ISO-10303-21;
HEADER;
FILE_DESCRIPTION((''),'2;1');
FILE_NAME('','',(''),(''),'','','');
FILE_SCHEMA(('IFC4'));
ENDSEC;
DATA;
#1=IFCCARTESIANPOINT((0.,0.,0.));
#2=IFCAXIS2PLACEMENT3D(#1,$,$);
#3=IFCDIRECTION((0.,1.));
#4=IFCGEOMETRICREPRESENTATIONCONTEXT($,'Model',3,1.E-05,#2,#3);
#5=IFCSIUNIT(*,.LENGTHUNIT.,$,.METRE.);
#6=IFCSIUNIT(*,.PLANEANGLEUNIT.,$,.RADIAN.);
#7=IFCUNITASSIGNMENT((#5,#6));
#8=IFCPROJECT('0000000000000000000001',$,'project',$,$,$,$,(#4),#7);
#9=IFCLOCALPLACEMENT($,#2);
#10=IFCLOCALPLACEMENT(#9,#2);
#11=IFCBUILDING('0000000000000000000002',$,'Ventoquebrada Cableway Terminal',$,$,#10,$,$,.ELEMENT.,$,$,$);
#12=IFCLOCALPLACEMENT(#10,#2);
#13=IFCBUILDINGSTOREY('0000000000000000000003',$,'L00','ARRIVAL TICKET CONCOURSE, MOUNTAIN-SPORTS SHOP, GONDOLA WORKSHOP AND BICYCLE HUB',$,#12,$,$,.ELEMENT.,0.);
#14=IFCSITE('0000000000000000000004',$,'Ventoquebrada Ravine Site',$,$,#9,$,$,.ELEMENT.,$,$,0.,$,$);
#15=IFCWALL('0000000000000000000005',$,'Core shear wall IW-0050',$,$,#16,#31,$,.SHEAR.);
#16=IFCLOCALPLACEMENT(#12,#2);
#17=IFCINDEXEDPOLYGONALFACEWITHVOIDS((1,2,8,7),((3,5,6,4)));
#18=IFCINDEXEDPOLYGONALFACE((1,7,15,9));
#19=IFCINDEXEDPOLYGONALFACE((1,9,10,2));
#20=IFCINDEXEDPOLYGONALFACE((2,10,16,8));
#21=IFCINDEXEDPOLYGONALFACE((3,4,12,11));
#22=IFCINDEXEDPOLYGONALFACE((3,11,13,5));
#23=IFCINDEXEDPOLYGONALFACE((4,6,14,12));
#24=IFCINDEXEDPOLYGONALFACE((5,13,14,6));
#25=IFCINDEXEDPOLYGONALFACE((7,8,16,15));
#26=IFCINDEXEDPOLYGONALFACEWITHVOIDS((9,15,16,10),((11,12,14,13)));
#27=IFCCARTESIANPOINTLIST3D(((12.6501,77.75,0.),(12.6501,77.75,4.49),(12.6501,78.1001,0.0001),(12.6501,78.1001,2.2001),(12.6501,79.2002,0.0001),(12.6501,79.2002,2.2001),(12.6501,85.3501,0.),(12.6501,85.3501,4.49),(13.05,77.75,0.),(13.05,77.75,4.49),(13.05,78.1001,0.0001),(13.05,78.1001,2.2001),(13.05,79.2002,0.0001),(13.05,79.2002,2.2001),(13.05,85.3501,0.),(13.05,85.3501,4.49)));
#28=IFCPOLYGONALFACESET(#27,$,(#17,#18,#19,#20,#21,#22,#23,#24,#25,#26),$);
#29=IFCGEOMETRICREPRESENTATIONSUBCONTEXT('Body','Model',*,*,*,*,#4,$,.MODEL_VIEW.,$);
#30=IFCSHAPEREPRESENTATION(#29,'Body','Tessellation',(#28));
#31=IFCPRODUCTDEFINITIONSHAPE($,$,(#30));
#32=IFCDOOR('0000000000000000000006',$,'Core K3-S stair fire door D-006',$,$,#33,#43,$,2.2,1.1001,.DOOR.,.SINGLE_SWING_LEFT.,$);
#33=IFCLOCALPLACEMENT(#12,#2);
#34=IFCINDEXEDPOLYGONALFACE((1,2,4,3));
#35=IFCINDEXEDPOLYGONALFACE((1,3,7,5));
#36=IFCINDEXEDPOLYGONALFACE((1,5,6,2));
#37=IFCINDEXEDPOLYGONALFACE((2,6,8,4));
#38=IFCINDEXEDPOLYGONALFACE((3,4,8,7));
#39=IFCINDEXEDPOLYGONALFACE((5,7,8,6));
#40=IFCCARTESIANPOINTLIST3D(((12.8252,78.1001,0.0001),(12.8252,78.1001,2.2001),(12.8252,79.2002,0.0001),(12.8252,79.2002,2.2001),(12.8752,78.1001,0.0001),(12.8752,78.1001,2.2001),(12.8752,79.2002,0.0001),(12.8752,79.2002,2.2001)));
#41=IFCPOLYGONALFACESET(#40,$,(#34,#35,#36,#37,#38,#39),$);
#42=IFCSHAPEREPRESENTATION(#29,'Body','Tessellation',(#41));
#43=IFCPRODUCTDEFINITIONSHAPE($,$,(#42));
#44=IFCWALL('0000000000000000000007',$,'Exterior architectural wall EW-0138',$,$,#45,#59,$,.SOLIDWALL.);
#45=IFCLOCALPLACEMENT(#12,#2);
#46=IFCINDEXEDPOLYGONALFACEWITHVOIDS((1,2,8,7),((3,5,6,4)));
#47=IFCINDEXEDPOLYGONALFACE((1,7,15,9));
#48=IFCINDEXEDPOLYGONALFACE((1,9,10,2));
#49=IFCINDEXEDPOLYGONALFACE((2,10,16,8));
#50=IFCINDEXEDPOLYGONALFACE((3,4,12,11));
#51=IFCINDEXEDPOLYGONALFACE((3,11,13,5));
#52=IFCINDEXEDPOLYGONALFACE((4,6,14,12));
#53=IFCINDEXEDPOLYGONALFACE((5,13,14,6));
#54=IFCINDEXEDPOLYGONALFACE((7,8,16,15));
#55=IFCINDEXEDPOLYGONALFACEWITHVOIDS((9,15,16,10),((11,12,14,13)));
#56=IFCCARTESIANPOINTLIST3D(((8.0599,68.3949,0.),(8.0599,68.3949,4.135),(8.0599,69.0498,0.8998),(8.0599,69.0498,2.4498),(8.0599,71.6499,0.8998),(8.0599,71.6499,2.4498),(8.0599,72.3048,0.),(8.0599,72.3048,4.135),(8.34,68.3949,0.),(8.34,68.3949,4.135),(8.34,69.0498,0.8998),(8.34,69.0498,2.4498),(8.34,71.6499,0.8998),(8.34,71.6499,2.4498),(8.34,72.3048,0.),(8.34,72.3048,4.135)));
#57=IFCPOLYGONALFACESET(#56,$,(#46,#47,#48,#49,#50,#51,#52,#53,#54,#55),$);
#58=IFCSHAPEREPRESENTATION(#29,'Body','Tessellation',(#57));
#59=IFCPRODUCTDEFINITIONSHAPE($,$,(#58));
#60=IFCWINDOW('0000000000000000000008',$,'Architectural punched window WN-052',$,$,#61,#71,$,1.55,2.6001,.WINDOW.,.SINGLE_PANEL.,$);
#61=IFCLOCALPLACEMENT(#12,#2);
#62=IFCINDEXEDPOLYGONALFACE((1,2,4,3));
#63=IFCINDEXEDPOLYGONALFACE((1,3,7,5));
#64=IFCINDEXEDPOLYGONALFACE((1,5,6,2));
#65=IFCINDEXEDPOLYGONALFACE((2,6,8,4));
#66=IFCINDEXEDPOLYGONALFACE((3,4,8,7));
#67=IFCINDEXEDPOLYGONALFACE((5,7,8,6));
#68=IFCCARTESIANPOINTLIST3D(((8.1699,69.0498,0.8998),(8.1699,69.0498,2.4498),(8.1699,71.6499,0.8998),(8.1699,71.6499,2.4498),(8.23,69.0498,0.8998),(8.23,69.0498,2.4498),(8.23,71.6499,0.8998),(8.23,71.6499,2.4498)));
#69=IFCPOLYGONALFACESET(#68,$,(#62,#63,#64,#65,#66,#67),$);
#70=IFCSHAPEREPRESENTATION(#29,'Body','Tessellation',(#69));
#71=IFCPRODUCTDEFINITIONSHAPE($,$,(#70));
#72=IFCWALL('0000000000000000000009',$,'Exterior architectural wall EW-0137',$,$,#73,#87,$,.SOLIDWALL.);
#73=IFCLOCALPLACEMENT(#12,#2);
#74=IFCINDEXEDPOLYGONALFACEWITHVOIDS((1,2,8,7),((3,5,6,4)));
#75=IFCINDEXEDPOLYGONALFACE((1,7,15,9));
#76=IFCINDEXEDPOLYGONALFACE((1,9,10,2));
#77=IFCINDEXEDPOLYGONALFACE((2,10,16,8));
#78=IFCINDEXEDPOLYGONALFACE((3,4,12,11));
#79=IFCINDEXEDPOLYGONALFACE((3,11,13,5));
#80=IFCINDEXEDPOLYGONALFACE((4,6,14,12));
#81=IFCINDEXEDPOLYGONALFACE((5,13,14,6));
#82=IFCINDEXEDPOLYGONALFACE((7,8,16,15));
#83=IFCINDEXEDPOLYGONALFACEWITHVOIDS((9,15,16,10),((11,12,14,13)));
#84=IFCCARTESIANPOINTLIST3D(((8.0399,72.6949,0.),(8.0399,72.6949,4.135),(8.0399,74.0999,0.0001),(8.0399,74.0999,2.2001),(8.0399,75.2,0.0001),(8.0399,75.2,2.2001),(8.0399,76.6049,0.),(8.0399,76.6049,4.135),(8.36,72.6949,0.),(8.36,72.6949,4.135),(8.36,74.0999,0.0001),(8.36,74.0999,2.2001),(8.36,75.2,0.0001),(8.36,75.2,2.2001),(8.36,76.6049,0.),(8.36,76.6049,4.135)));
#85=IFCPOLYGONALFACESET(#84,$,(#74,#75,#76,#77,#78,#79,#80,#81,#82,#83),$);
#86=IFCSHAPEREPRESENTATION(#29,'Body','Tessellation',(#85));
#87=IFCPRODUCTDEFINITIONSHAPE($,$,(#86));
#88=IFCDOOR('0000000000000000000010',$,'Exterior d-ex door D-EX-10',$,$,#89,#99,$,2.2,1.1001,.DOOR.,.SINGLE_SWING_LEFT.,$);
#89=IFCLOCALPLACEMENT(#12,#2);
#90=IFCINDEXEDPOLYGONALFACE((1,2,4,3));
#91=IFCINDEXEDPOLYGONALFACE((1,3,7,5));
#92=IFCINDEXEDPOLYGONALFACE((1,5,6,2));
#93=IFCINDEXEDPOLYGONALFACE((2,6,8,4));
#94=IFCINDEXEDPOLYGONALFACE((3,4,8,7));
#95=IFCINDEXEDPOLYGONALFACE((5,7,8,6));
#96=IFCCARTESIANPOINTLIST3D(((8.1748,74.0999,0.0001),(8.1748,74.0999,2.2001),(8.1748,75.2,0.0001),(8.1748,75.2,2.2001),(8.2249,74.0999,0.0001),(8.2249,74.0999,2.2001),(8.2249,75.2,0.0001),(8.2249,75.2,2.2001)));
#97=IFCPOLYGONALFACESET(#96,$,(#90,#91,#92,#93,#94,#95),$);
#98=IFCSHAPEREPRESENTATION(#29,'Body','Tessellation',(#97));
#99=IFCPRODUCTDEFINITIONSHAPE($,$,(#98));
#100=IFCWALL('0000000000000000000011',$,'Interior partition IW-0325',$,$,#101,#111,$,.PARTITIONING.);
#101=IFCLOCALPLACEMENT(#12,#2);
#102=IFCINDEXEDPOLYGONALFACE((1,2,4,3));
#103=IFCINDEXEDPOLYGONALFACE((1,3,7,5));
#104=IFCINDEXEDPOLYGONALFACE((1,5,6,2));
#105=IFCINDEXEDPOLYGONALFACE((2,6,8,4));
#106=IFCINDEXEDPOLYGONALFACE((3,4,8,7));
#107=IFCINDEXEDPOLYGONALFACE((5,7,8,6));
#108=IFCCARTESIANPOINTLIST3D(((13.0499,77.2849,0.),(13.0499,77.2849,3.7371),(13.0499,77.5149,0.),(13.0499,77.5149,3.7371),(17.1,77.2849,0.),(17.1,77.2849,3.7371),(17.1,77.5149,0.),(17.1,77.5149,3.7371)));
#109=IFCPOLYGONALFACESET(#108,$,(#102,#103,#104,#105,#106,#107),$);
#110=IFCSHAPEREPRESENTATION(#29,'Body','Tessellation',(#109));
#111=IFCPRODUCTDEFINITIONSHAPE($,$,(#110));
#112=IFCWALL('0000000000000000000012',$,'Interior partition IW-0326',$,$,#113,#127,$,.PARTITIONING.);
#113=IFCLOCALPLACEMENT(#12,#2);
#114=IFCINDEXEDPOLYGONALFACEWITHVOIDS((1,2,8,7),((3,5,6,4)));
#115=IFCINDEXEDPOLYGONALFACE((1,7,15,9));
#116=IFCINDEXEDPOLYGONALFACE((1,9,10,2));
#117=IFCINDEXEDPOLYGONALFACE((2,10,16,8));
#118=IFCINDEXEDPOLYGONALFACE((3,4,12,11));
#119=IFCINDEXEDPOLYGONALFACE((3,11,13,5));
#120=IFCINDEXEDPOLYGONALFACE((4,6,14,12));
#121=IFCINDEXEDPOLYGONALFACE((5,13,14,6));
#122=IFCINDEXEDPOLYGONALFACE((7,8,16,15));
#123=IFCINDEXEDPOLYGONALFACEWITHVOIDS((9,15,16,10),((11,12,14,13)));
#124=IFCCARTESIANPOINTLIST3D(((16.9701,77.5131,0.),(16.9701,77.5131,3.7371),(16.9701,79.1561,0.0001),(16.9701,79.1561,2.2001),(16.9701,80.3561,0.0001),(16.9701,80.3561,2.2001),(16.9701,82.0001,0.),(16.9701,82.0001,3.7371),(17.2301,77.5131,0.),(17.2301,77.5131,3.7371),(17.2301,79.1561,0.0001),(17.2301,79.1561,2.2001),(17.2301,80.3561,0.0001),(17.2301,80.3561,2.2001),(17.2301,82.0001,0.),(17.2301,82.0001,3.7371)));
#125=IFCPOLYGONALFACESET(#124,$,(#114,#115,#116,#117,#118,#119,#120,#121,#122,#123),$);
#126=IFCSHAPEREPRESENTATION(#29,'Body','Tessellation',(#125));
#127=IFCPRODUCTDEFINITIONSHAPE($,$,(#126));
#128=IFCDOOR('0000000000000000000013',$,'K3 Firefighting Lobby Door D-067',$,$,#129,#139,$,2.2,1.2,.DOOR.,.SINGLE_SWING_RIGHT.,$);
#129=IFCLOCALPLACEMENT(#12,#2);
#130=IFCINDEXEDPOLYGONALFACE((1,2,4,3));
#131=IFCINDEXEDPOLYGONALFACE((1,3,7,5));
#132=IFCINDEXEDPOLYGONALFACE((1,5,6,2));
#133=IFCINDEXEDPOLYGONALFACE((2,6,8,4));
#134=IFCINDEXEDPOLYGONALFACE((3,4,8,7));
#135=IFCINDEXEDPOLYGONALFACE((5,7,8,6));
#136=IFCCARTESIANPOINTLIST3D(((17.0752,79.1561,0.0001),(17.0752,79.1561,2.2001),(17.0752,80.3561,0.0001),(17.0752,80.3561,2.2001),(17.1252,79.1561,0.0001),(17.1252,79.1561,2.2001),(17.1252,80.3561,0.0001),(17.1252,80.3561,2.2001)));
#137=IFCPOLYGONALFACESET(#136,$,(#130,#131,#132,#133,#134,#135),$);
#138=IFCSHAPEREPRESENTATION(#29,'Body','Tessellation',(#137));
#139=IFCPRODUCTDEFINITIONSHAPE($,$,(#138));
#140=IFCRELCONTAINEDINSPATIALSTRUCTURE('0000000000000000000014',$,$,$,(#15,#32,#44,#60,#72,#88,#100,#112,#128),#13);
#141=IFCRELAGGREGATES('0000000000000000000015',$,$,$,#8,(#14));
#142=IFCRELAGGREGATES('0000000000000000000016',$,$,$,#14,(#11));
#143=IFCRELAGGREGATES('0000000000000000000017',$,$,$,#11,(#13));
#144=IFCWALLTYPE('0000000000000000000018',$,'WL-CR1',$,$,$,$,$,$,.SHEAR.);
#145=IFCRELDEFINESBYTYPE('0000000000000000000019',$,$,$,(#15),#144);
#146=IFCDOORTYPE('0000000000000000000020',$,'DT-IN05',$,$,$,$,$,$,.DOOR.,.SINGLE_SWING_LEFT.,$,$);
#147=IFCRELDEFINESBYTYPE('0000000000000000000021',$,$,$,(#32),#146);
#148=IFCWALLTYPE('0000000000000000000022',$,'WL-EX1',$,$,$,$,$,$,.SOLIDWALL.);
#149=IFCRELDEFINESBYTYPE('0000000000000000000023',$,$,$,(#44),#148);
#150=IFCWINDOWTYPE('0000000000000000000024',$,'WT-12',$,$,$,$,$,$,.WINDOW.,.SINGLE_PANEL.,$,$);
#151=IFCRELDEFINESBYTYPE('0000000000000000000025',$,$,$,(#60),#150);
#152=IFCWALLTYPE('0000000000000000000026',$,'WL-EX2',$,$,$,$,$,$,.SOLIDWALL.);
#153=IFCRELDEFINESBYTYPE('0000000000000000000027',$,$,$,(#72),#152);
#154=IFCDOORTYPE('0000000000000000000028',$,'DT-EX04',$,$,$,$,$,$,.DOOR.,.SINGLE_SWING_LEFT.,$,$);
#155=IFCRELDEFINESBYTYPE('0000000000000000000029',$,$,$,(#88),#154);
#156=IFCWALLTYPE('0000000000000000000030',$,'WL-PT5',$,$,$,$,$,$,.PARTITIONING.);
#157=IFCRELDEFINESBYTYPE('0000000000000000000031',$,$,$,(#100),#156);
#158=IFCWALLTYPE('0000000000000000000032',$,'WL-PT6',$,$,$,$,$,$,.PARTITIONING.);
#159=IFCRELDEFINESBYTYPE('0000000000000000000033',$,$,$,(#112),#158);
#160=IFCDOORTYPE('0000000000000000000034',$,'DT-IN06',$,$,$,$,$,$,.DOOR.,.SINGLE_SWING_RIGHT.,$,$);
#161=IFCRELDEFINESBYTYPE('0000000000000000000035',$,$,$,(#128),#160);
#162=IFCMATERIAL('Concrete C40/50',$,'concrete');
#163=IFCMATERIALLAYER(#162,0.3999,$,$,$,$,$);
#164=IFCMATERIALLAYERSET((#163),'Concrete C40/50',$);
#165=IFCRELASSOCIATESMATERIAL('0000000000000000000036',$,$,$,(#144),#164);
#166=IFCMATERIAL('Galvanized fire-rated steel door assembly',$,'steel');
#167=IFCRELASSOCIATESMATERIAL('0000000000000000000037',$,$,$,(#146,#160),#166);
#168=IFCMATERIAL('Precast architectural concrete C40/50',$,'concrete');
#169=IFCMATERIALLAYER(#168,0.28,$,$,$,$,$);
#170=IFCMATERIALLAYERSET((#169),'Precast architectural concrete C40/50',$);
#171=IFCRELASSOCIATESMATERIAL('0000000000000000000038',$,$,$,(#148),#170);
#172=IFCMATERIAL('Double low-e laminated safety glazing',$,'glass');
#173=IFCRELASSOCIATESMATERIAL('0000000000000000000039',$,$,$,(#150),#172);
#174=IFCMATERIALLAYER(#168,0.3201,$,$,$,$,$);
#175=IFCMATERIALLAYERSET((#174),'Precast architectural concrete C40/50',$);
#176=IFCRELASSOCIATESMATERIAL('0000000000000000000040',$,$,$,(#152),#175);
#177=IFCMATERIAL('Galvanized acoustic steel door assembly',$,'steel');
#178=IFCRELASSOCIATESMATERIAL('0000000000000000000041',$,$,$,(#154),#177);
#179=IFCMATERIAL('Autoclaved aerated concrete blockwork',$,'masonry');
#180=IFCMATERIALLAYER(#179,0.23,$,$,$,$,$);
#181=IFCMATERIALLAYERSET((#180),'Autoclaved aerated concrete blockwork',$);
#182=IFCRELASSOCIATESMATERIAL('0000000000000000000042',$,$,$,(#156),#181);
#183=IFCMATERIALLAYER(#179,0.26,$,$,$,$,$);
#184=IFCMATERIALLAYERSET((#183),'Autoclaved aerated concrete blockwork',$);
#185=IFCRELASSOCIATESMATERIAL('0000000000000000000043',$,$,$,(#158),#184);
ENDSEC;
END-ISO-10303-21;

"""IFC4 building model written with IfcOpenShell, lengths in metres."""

from ifc_helpers import new_model, si_unit, direction, frame, frame_2d, origin, place, context, subcontext, project, spatial, rectangle, extrude, material, layer, layer_set, type_object, element, fill, save


model = new_model("IFC4")

# Units and contexts
model_context = context("Model", 3, precision=1e-05, world=origin(), true_north=direction((0.0, 1.0)))
body_context = subcontext(model_context, "Body", "Model", "MODEL_VIEW")
ifc_project = project(units=[si_unit("LENGTHUNIT", "METRE"), si_unit("PLANEANGLEUNIT", "RADIAN")], contexts=[model_context])

# Site, building, storey
site_placement = place(None, origin())
site = spatial("IfcSite", under=ifc_project, at=site_placement, Name="Ventoquebrada Ravine Site", CompositionType="ELEMENT", RefElevation=0.0)
building_placement = place(site_placement, origin())
building = spatial("IfcBuilding", under=site, at=building_placement, Name="Ventoquebrada Cableway Terminal", CompositionType="ELEMENT")
storey_placement = place(building_placement, origin())
storey = spatial("IfcBuildingStorey", under=building, at=storey_placement, Name="L00", Description="ARRIVAL TICKET CONCOURSE, MOUNTAIN-SPORTS SHOP, GONDOLA WORKSHOP AND BICYCLE HUB", CompositionType="ELEMENT", Elevation=0.0)

# Shared definitions
ifc_material_1 = material(Name="Concrete C40/50", Category="concrete")

# Shared definitions
ifc_layer_1 = layer(ifc_material_1, 0.3999)
ifc_layer_set_1 = layer_set([ifc_layer_1], Name="Concrete C40/50")
wall_type_1 = type_object("IfcWallType", Name="WL-CR1", PredefinedType="SHEAR", material=ifc_layer_set_1)

# Wall, opening, door
wall_1_placement = place(storey_placement, frame((12.8501, 77.75, 0.0), z_axis=(0.0, 0.0, 1.0), x_axis=(0.0, 1.0, 0.0)))
wall_1 = element("IfcWall", 1, at=wall_1_placement, inside=storey, type_object=wall_type_1, Name="Core shear wall IW-0050", PredefinedType="SHEAR", context=body_context, shape_type="SweptSolid", body=[
    extrude(rectangle(XDim=7.6001, YDim=0.3999, at=frame_2d((3.8, 0.0))), origin(), (0.0, 0.0, 1.0), 4.49),
])
opening_1_placement = place(wall_1_placement, frame((0.3501, 0.0, 0.0)))
opening_1 = element("IfcOpeningElement", 2, at=opening_1_placement, cuts=wall_1, PredefinedType="OPENING", context=body_context, shape_type="SweptSolid", body=[
    extrude(rectangle(XDim=1.1001, YDim=2.2, at=frame_2d((0.55, 1.1001))), frame((0.0, 0.21, 0.0), z_axis=(0.0, -1.0, 0.0), x_axis=(1.0, 0.0, 0.0)), (0.0, 0.0, 1.0), 0.4199),
])
ifc_material_2 = material(Name="Galvanized fire-rated steel door assembly", Category="steel")
door_type_1 = type_object("IfcDoorType", Name="DT-IN05", OperationType="SINGLE_SWING_LEFT", PredefinedType="DOOR", material=ifc_material_2)
door_1_placement = place(opening_1_placement, origin())
door_1 = element("IfcDoor", 3, at=door_1_placement, inside=storey, type_object=door_type_1, Name="Core K3-S stair fire door D-006", OperationType="SINGLE_SWING_LEFT", OverallHeight=2.2, OverallWidth=1.1001, PredefinedType="DOOR", context=body_context, shape_type="SweptSolid", body=[
    extrude(rectangle(XDim=1.1001, YDim=2.2, at=frame_2d((0.55, 1.1001))), frame((0.0, 0.0249, 0.0), z_axis=(0.0, -1.0, 0.0), x_axis=(1.0, 0.0, 0.0)), (0.0, 0.0, 1.0), 0.05),
])
fill(opening_1, door_1)

# Wall, opening, window
ifc_material_3 = material(Name="Precast architectural concrete C40/50", Category="concrete")
ifc_layer_2 = layer(ifc_material_3, 0.28)
ifc_layer_set_2 = layer_set([ifc_layer_2], Name="Precast architectural concrete C40/50")
wall_type_2 = type_object("IfcWallType", Name="WL-EX1", PredefinedType="SOLIDWALL", material=ifc_layer_set_2)
wall_2_placement = place(storey_placement, frame((8.2, 72.3049, 0.0), z_axis=(0.0, 0.0, 1.0), x_axis=(0.0, -1.0, 0.0)))
wall_2 = element("IfcWall", 4, at=wall_2_placement, inside=storey, type_object=wall_type_2, Name="Exterior architectural wall EW-0138", PredefinedType="SOLIDWALL", context=body_context, shape_type="SweptSolid", body=[
    extrude(rectangle(XDim=3.9099, YDim=0.28, at=frame_2d((1.9551, 0.0))), origin(), (0.0, 0.0, 1.0), 4.135),
])
opening_2_placement = place(wall_2_placement, frame((0.655, 0.0, 0.8999)))
opening_2 = element("IfcOpeningElement", 5, at=opening_2_placement, cuts=wall_2, PredefinedType="OPENING", context=body_context, shape_type="SweptSolid", body=[
    extrude(rectangle(XDim=2.6001, YDim=1.55, at=frame_2d((1.3, 0.7749))), frame((0.0, 0.1499, 0.0), z_axis=(0.0, -1.0, 0.0), x_axis=(1.0, 0.0, 0.0)), (0.0, 0.0, 1.0), 0.3),
])
ifc_material_4 = material(Name="Double low-e laminated safety glazing", Category="glass")
window_type = type_object("IfcWindowType", Name="WT-12", PartitioningType="SINGLE_PANEL", PredefinedType="WINDOW", material=ifc_material_4)
window_placement = place(opening_2_placement, origin())
window = element("IfcWindow", 6, at=window_placement, inside=storey, type_object=window_type, Name="Architectural punched window WN-052", OverallHeight=1.55, OverallWidth=2.6001, PartitioningType="SINGLE_PANEL", PredefinedType="WINDOW", context=body_context, shape_type="SweptSolid", body=[
    extrude(rectangle(XDim=2.6001, YDim=1.55, at=frame_2d((1.3, 0.7749))), frame((0.0, 0.03, 0.0), z_axis=(0.0, -1.0, 0.0), x_axis=(1.0, 0.0, 0.0)), (0.0, 0.0, 1.0), 0.0601),
])
fill(opening_2, window)

# Wall, opening, door
ifc_layer_3 = layer(ifc_material_3, 0.3201)
ifc_layer_set_3 = layer_set([ifc_layer_3], Name="Precast architectural concrete C40/50")
wall_type_3 = type_object("IfcWallType", Name="WL-EX2", PredefinedType="SOLIDWALL", material=ifc_layer_set_3)
wall_3_placement = place(storey_placement, frame((8.2, 76.605, 0.0), z_axis=(0.0, 0.0, 1.0), x_axis=(0.0, -1.0, 0.0)))
wall_3 = element("IfcWall", 7, at=wall_3_placement, inside=storey, type_object=wall_type_3, Name="Exterior architectural wall EW-0137", PredefinedType="SOLIDWALL", context=body_context, shape_type="SweptSolid", body=[
    extrude(rectangle(XDim=3.9099, YDim=0.3201, at=frame_2d((1.9551, 0.0))), origin(), (0.0, 0.0, 1.0), 4.135),
])
opening_3_placement = place(wall_3_placement, frame((1.405, 0.0, 0.0)))
opening_3 = element("IfcOpeningElement", 8, at=opening_3_placement, cuts=wall_3, PredefinedType="OPENING", context=body_context, shape_type="SweptSolid", body=[
    extrude(rectangle(XDim=1.1001, YDim=2.2, at=frame_2d((0.55, 1.1001))), frame((0.0, 0.1699, 0.0), z_axis=(0.0, -1.0, 0.0), x_axis=(1.0, 0.0, 0.0)), (0.0, 0.0, 1.0), 0.3401),
])
ifc_material_5 = material(Name="Galvanized acoustic steel door assembly", Category="steel")
door_type_2 = type_object("IfcDoorType", Name="DT-EX04", OperationType="SINGLE_SWING_LEFT", PredefinedType="DOOR", material=ifc_material_5)
door_2_placement = place(opening_3_placement, origin())
door_2 = element("IfcDoor", 9, at=door_2_placement, inside=storey, type_object=door_type_2, Name="Exterior d-ex door D-EX-10", OperationType="SINGLE_SWING_LEFT", OverallHeight=2.2, OverallWidth=1.1001, PredefinedType="DOOR", context=body_context, shape_type="SweptSolid", body=[
    extrude(rectangle(XDim=1.1001, YDim=2.2, at=frame_2d((0.55, 1.1001))), frame((0.0, 0.0249, 0.0), z_axis=(0.0, -1.0, 0.0), x_axis=(1.0, 0.0, 0.0)), (0.0, 0.0, 1.0), 0.05),
])
fill(opening_3, door_2)

# Wall
ifc_material_6 = material(Name="Autoclaved aerated concrete blockwork", Category="masonry")
ifc_layer_4 = layer(ifc_material_6, 0.23)
ifc_layer_set_4 = layer_set([ifc_layer_4], Name="Autoclaved aerated concrete blockwork")
wall_type_4 = type_object("IfcWallType", Name="WL-PT5", PredefinedType="PARTITIONING", material=ifc_layer_set_4)
wall_4_placement = place(storey_placement, frame((13.05, 77.3999, 0.0), z_axis=(0.0, 0.0, 1.0), x_axis=(1.0, 0.0, 0.0)))
element("IfcWall", 10, at=wall_4_placement, inside=storey, type_object=wall_type_4, Name="Interior partition IW-0325", PredefinedType="PARTITIONING", context=body_context, shape_type="SweptSolid", body=[
    extrude(rectangle(XDim=4.05, YDim=0.23, at=frame_2d((2.0249, 0.0))), origin(), (0.0, 0.0, 1.0), 3.7371),
])

# Wall, opening, door
ifc_layer_5 = layer(ifc_material_6, 0.26)
ifc_layer_set_5 = layer_set([ifc_layer_5], Name="Autoclaved aerated concrete blockwork")
wall_type_5 = type_object("IfcWallType", Name="WL-PT6", PredefinedType="PARTITIONING", material=ifc_layer_set_5)
wall_5_placement = place(storey_placement, frame((17.1001, 77.5129, 0.0), z_axis=(0.0, 0.0, 1.0), x_axis=(0.0, 1.0, 0.0)))
wall_5 = element("IfcWall", 11, at=wall_5_placement, inside=storey, type_object=wall_type_5, Name="Interior partition IW-0326", PredefinedType="PARTITIONING", context=body_context, shape_type="SweptSolid", body=[
    extrude(rectangle(XDim=4.4871, YDim=0.26, at=frame_2d((2.2437, 0.0))), origin(), (0.0, 0.0, 1.0), 3.7371),
])
opening_4_placement = place(wall_5_placement, frame((1.6431, 0.0, 0.0)))
opening_4 = element("IfcOpeningElement", 12, at=opening_4_placement, cuts=wall_5, PredefinedType="OPENING", context=body_context, shape_type="SweptSolid", body=[
    extrude(rectangle(XDim=1.2, YDim=2.2, at=frame_2d((0.6001, 1.1001))), frame((0.0, 0.1399, 0.0), z_axis=(0.0, -1.0, 0.0), x_axis=(1.0, 0.0, 0.0)), (0.0, 0.0, 1.0), 0.28),
])
door_type_3 = type_object("IfcDoorType", Name="DT-IN06", OperationType="SINGLE_SWING_RIGHT", PredefinedType="DOOR", material=ifc_material_2)
door_3_placement = place(opening_4_placement, origin())
door_3 = element("IfcDoor", 13, at=door_3_placement, inside=storey, type_object=door_type_3, Name="K3 Firefighting Lobby Door D-067", OperationType="SINGLE_SWING_RIGHT", OverallHeight=2.2, OverallWidth=1.2, PredefinedType="DOOR", context=body_context, shape_type="SweptSolid", body=[
    extrude(rectangle(XDim=1.2, YDim=2.2, at=frame_2d((0.6001, 1.1001))), frame((0.0, 0.0249, 0.0), z_axis=(0.0, -1.0, 0.0), x_axis=(1.0, 0.0, 0.0)), (0.0, 0.0, 1.0), 0.05),
])
fill(opening_4, door_3)

save(model, "model.ifc")
